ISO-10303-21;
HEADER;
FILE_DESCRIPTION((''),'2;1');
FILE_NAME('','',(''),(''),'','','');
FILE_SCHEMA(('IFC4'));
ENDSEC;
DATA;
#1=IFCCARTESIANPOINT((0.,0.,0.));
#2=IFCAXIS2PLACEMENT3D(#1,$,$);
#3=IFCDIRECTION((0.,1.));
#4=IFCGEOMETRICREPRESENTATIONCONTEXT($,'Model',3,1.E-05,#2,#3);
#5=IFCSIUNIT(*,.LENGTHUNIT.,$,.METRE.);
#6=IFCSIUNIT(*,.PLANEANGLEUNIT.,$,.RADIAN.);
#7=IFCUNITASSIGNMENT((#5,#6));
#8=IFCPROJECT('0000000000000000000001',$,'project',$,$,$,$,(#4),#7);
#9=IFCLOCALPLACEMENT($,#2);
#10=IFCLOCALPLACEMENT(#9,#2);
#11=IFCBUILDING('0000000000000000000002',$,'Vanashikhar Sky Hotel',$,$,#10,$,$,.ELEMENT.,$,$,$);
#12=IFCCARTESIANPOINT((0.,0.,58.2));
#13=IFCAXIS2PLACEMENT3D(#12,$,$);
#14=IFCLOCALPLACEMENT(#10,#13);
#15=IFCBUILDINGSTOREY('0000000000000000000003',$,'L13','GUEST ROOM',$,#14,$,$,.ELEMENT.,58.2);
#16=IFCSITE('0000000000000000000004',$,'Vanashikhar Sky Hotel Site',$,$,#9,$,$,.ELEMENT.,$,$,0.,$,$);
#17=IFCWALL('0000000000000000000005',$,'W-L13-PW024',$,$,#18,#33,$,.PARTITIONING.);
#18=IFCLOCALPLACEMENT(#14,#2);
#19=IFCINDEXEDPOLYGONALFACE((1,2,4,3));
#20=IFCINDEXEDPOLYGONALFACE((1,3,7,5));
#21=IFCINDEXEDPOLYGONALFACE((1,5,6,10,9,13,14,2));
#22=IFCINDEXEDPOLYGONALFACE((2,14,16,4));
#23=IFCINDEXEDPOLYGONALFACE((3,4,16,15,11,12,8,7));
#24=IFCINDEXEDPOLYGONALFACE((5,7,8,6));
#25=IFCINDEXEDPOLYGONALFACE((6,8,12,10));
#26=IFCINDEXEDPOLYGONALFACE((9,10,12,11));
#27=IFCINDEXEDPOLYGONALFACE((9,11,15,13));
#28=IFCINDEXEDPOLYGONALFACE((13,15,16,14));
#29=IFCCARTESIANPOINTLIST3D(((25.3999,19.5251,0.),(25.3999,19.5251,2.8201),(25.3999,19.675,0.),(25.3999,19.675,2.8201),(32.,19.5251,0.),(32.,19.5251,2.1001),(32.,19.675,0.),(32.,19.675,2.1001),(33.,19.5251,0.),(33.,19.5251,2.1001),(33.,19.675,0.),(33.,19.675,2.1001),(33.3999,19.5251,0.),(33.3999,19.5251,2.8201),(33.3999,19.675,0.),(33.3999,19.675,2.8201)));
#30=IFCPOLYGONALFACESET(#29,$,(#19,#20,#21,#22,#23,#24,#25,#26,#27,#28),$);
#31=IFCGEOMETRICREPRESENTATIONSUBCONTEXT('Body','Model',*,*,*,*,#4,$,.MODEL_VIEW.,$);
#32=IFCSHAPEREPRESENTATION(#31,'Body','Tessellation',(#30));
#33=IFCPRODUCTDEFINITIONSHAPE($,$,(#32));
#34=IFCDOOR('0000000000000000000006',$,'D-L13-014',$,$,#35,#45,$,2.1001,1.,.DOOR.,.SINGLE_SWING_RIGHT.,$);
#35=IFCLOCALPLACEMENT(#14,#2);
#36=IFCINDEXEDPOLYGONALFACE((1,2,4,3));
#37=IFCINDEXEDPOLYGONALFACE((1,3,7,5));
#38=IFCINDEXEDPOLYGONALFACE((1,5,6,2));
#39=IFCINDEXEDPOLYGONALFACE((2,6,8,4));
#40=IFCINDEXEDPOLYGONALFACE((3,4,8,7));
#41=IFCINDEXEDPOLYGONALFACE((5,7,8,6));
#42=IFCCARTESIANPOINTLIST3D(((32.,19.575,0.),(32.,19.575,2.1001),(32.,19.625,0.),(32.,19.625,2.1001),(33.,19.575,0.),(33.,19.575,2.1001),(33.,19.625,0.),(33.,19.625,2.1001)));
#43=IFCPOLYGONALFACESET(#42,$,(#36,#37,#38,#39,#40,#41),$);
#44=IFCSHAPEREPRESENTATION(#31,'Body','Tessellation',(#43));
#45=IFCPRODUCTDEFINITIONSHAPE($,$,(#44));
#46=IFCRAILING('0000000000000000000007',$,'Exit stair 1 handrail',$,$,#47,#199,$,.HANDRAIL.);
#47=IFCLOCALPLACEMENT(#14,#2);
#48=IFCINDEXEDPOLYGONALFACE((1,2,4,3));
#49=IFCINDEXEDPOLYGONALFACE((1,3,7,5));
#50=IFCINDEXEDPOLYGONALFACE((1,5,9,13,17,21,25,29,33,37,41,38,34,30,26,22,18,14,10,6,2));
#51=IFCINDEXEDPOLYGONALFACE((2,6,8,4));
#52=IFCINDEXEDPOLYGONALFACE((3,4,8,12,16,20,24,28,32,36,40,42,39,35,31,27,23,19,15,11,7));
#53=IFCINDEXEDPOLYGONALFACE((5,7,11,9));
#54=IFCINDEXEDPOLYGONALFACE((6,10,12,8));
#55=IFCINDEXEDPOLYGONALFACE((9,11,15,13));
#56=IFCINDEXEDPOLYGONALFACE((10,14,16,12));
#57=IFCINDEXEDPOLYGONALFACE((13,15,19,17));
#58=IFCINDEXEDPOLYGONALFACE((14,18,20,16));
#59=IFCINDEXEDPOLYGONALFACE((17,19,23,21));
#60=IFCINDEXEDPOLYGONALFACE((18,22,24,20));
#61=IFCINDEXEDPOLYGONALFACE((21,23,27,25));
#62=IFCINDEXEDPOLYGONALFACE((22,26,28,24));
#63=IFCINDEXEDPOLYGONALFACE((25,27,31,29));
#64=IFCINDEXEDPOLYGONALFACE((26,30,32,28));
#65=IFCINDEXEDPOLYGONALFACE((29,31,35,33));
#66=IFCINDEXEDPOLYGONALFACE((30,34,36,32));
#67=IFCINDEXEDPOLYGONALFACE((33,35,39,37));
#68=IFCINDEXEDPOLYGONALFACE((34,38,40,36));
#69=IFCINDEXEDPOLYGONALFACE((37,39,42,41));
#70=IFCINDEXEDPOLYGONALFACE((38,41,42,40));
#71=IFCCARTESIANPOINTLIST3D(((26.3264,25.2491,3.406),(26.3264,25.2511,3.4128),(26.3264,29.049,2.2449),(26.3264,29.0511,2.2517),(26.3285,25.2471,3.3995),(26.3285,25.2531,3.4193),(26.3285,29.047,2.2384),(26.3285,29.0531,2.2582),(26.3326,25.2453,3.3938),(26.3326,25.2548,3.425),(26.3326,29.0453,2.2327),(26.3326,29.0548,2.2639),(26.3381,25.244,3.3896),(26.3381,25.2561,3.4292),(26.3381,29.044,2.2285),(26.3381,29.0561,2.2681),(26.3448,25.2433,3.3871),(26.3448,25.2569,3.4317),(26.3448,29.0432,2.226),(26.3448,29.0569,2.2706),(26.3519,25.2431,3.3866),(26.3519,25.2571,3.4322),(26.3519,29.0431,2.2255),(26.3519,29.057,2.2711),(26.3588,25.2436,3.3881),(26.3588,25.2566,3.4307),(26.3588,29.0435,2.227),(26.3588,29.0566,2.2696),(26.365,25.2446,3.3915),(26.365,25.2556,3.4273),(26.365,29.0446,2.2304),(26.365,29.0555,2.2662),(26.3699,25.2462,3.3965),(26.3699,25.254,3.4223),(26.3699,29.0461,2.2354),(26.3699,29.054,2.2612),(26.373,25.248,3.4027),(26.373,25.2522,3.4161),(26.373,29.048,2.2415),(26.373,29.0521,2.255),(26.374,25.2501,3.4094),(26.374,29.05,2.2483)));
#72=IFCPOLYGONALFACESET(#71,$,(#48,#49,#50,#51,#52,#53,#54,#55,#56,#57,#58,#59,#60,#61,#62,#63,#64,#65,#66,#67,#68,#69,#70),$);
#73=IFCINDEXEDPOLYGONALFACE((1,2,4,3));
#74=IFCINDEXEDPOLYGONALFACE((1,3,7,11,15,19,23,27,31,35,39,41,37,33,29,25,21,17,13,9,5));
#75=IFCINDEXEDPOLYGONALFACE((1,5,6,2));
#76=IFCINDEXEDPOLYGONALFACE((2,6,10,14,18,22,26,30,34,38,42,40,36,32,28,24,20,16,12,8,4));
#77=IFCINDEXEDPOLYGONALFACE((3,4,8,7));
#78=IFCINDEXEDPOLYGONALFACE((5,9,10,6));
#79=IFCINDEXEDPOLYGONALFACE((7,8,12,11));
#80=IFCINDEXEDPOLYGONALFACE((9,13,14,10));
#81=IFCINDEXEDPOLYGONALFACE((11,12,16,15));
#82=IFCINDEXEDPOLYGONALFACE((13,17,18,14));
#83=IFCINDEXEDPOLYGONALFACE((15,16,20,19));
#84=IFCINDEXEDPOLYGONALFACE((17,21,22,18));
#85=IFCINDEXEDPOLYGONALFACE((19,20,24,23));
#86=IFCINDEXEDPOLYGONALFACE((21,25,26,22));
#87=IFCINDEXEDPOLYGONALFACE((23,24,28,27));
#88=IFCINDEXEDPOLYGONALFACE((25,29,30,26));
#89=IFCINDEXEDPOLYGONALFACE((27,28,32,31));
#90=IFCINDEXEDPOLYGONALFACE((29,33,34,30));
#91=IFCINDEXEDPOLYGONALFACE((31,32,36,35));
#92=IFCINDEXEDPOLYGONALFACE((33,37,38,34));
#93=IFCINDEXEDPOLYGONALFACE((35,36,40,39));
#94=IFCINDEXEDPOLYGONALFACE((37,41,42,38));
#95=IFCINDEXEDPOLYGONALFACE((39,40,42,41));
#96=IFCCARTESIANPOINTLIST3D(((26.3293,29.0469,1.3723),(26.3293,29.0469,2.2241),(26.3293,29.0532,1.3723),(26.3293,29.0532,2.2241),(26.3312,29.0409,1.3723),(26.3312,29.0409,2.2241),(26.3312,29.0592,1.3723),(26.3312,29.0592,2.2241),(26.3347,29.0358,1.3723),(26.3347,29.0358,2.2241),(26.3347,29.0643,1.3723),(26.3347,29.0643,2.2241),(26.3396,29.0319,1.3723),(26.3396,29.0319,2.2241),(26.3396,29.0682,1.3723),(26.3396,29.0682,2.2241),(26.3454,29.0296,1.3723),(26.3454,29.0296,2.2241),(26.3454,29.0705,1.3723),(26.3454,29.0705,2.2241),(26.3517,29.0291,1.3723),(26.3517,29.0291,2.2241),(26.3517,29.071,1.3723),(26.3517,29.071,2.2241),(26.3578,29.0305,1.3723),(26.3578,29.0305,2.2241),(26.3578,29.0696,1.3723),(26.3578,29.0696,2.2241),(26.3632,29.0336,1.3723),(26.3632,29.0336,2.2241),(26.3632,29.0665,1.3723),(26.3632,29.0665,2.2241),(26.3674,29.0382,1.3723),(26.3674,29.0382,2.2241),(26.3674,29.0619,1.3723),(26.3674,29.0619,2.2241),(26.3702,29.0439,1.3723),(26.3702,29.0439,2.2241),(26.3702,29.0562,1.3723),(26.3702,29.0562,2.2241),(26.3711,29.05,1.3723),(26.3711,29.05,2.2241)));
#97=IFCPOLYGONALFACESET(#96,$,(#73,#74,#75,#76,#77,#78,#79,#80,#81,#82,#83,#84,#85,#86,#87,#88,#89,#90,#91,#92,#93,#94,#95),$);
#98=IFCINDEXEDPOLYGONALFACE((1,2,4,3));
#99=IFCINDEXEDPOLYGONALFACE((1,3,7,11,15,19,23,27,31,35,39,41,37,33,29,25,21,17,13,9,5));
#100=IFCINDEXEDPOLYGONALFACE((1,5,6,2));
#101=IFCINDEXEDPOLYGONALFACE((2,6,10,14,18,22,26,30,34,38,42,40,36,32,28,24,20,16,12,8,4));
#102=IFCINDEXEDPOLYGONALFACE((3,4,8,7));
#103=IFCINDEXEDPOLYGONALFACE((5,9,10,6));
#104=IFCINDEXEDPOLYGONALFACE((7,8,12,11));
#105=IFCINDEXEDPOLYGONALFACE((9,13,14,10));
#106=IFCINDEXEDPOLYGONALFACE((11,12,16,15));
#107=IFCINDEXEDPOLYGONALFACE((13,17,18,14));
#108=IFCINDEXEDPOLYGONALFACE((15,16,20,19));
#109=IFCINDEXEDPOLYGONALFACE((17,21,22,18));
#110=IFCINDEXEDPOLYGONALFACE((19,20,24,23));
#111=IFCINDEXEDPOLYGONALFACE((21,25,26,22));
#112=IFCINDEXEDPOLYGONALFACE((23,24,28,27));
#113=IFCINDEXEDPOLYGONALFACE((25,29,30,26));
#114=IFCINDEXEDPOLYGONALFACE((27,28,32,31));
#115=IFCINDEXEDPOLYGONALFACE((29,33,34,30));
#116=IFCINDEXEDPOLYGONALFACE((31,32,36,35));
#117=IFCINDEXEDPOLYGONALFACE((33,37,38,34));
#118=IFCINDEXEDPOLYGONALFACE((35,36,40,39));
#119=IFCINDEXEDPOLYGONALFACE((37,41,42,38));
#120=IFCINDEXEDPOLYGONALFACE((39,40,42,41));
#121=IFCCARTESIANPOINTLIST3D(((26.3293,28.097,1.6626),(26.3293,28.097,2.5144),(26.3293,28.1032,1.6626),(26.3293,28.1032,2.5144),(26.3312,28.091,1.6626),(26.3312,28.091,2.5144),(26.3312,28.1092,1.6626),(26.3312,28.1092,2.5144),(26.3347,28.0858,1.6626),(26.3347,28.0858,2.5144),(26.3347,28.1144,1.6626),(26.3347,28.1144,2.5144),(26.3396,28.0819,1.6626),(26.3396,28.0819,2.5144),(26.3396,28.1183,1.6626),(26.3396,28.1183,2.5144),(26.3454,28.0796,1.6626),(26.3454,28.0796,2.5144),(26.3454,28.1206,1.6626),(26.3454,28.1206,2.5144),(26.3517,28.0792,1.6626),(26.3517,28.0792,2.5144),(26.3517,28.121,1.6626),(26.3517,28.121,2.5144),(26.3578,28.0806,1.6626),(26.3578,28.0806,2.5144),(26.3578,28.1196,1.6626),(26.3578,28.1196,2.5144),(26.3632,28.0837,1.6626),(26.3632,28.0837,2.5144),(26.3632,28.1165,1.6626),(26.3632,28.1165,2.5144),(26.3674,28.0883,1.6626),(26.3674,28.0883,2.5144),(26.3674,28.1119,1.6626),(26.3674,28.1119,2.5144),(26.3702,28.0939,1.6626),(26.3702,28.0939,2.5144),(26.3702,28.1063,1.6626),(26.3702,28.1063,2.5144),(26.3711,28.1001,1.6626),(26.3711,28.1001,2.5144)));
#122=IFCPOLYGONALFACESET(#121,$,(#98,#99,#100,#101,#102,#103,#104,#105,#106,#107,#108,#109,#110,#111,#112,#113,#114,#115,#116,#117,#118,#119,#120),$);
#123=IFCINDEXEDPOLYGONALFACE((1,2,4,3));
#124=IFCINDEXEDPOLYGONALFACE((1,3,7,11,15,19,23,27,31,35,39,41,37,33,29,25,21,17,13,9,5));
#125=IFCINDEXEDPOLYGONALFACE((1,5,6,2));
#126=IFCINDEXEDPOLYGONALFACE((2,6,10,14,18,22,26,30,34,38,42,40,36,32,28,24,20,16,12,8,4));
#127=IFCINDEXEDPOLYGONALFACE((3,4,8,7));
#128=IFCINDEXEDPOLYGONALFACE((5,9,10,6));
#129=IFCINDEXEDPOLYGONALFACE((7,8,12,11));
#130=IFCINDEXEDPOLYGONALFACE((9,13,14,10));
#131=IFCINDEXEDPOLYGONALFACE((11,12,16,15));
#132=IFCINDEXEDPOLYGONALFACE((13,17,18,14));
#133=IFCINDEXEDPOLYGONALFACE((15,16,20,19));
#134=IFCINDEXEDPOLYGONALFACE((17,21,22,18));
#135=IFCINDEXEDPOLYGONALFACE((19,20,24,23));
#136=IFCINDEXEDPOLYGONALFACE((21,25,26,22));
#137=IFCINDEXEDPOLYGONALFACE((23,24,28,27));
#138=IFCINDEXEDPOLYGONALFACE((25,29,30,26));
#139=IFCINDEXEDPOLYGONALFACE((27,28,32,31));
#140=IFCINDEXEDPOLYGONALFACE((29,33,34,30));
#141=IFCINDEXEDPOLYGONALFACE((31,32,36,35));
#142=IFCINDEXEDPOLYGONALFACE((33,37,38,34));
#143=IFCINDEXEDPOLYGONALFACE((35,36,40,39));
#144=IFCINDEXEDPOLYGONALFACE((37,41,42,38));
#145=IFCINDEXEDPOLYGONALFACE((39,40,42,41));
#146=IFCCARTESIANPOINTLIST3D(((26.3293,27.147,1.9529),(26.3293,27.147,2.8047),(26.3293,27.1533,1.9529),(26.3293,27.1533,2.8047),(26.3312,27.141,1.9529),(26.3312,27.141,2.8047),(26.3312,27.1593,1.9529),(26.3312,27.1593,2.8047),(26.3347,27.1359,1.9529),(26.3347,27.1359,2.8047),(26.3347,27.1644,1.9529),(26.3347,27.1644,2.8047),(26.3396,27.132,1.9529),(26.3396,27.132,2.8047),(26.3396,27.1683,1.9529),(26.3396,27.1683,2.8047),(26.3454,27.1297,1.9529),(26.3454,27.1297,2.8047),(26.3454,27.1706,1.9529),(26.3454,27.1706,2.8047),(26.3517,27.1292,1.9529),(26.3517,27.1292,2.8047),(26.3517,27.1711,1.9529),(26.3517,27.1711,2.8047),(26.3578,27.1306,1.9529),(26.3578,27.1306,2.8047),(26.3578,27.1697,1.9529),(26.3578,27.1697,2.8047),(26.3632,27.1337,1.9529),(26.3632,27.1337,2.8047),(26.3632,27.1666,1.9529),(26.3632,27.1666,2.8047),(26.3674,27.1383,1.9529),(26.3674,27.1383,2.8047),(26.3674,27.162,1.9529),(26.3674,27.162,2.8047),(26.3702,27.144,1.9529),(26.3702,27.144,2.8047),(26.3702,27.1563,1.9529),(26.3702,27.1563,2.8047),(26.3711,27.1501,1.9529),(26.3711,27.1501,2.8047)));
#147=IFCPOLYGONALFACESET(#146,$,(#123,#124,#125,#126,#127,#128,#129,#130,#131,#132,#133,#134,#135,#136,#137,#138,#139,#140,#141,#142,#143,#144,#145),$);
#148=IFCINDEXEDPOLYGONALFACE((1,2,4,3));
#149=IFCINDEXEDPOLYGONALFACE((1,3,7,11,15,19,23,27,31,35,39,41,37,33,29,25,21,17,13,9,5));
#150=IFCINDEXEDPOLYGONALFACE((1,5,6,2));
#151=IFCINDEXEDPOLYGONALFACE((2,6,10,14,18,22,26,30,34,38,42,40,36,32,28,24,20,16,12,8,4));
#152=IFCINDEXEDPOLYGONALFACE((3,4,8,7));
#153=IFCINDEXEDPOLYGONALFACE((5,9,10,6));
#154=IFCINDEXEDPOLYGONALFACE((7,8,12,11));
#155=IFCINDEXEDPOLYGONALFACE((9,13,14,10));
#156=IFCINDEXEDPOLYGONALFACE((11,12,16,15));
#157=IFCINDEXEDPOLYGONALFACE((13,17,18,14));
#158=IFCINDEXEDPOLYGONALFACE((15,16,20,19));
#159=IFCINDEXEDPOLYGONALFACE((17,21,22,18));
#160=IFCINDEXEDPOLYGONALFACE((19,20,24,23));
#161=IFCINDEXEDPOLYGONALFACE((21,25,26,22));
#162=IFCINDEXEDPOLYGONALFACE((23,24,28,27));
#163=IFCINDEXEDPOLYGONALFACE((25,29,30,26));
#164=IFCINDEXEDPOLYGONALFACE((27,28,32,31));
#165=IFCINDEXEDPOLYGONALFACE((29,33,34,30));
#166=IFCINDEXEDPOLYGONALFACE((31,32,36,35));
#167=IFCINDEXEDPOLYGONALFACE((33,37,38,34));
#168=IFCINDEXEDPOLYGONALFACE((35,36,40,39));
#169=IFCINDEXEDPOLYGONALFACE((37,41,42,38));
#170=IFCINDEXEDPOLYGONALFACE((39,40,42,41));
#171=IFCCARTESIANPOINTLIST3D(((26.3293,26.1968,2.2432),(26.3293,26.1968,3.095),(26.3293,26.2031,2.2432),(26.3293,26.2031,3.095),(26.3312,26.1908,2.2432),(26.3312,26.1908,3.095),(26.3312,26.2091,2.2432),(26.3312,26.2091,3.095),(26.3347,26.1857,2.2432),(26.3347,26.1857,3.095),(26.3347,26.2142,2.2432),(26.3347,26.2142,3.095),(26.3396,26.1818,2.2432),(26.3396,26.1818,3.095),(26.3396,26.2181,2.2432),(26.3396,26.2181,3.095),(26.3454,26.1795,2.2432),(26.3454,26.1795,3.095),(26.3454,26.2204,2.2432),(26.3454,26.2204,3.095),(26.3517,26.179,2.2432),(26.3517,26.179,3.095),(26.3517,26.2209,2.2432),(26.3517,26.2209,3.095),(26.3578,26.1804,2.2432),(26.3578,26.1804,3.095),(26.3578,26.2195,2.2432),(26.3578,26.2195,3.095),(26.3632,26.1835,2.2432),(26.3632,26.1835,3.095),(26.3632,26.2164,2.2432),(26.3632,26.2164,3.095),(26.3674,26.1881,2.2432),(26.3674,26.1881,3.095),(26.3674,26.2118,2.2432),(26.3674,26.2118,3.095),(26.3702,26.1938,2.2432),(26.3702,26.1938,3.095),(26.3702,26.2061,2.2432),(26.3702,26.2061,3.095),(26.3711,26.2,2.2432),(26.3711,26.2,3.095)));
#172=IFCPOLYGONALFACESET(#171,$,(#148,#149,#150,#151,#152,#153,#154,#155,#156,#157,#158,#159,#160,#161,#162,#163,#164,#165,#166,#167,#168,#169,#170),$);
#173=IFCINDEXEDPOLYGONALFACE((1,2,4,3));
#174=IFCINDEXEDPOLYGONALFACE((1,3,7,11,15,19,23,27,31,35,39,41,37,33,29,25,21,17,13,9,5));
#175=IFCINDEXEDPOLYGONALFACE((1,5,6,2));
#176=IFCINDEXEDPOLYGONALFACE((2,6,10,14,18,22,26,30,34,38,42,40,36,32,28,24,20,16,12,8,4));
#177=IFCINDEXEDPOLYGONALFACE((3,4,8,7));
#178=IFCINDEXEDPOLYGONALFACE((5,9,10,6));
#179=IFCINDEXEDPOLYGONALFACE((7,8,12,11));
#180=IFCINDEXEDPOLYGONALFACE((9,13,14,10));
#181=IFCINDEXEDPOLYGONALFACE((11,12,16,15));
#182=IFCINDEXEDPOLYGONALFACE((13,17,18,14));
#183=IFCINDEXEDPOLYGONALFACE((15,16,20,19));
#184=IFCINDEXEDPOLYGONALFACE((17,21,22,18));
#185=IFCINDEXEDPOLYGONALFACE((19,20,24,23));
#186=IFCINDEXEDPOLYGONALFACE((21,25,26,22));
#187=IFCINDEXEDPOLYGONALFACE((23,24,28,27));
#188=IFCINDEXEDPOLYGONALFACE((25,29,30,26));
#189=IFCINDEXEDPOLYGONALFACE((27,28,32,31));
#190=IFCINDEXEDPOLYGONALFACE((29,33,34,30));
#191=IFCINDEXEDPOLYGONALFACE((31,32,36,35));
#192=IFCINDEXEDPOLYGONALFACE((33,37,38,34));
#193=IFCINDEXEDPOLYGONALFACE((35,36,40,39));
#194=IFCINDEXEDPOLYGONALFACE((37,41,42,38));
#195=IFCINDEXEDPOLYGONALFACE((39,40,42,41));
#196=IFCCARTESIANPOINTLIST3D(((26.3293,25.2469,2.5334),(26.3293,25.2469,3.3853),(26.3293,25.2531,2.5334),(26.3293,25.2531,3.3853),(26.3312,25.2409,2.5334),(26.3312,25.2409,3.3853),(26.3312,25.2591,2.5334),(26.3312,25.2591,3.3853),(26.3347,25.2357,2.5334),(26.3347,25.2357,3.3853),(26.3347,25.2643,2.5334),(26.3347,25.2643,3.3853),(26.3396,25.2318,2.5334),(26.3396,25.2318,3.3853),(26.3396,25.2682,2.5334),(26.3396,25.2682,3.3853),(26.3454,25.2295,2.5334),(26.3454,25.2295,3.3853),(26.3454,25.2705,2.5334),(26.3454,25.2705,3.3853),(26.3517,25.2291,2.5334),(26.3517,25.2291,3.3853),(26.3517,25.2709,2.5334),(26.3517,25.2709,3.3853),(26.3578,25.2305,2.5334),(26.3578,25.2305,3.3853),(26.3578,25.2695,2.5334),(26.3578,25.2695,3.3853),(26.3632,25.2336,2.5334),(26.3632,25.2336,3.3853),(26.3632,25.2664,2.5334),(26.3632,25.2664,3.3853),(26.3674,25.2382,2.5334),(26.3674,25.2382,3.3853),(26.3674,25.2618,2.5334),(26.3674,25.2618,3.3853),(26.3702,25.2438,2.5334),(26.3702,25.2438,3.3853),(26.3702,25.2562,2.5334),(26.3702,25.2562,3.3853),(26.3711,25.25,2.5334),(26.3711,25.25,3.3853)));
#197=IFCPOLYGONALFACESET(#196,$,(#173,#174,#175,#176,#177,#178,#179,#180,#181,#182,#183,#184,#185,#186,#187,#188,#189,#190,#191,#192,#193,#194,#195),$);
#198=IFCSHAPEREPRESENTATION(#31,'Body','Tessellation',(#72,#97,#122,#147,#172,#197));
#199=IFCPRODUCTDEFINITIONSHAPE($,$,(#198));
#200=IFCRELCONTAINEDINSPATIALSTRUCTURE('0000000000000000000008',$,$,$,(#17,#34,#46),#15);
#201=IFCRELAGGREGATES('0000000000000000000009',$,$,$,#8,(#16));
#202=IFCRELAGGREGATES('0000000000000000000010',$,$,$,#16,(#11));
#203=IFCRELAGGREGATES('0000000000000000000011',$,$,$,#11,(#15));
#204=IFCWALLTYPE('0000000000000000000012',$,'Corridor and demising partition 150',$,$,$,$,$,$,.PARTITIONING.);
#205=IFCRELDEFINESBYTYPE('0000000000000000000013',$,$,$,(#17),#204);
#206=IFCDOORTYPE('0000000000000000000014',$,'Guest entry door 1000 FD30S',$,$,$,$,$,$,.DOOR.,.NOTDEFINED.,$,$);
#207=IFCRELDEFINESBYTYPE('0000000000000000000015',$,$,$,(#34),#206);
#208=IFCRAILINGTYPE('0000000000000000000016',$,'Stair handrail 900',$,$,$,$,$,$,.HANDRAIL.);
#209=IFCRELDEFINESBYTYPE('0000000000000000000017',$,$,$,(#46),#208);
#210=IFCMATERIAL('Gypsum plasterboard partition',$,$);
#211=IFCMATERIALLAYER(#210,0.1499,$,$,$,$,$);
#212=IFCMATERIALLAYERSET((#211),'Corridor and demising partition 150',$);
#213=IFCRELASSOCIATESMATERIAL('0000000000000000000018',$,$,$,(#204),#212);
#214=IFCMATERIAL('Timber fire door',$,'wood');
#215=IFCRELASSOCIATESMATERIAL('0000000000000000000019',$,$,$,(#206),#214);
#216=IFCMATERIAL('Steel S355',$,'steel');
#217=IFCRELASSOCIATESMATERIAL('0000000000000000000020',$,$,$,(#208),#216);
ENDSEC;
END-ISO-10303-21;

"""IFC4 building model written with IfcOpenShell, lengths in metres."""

from ifc_helpers import new_model, si_unit, direction, frame, frame_2d, origin, origin_2d, place, context, subcontext, project, spatial, rectangle, circle, extrude, source, transform, mapped, material, layer, layer_set, type_object, element, fill, save


model = new_model("IFC4")

# Units and contexts
model_context = context("Model", 3, precision=1e-05, world=origin(), true_north=direction((0.0, 1.0)))
body_context = subcontext(model_context, "Body", "Model", "MODEL_VIEW")
ifc_project = project(units=[si_unit("LENGTHUNIT", "METRE"), si_unit("PLANEANGLEUNIT", "RADIAN")], contexts=[model_context])

# Site, building, storey
site_placement = place(None, origin())
site = spatial("IfcSite", under=ifc_project, at=site_placement, Name="Vanashikhar Sky Hotel Site", CompositionType="ELEMENT", RefElevation=0.0)
building_placement = place(site_placement, origin())
building = spatial("IfcBuilding", under=site, at=building_placement, Name="Vanashikhar Sky Hotel", CompositionType="ELEMENT")
storey_placement = place(building_placement, frame((0.0, 0.0, 58.2)))
storey = spatial("IfcBuildingStorey", under=building, at=storey_placement, Name="L13", Description="GUEST ROOM", CompositionType="ELEMENT", Elevation=58.2)

# Wall, opening, door
ifc_material_1 = material(Name="Gypsum plasterboard partition")
ifc_layer_1 = layer(ifc_material_1, 0.1499)
ifc_layer_set_1 = layer_set([ifc_layer_1], Name="Corridor and demising partition 150")
wall_type_1 = type_object("IfcWallType", Name="Corridor and demising partition 150", PredefinedType="PARTITIONING", material=ifc_layer_set_1)
shared_shape_1 = source(origin(), body_context, "Body", "SweptSolid", [
    extrude(rectangle(XDim=1.0, YDim=2.1001, at=frame_2d((0.5, 1.05))), frame((0.0, 0.085, 0.0), z_axis=(0.0, -1.0, 0.0), x_axis=(1.0, 0.0, 0.0)), (0.0, 0.0, 1.0), 0.1699),
])
ifc_material_2 = material(Name="Timber fire door", Category="wood")
door_type_1 = type_object("IfcDoorType", Name="Guest entry door 1000 FD30S", OperationType="NOTDEFINED", PredefinedType="DOOR", material=ifc_material_2)
shared_shape_2 = source(origin(), body_context, "Body", "SweptSolid", [
    extrude(rectangle(XDim=1.0, YDim=2.1001, at=frame_2d((0.5, 1.05))), frame((0.0, 0.0249, 0.0), z_axis=(0.0, -1.0, 0.0), x_axis=(1.0, 0.0, 0.0)), (0.0, 0.0, 1.0), 0.05),
])
shared_shape_3 = source(origin(), body_context, "Body", "SweptSolid", [
    extrude(rectangle(XDim=8.0, YDim=0.1499, at=frame_2d((4.0, 0.0))), origin(), (0.0, 0.0, 1.0), 2.8201),
])
wall_1_placement = place(storey_placement, frame((25.3999, 19.6001, 0.0), z_axis=(0.0, 0.0, 1.0), x_axis=(1.0, 0.0, 0.0)))
wall_1 = element("IfcWall", 1, at=wall_1_placement, inside=storey, type_object=wall_type_1, Name="W-L13-PW024", PredefinedType="PARTITIONING", context=body_context, shape_type="MappedRepresentation", body=[
    mapped(shared_shape_3, transform((0.0, 0.0, 0.0), scale=1.0)),
])
opening_1_placement = place(wall_1_placement, frame((6.6001, 0.0, 0.0)))
opening_1 = element("IfcOpeningElement", 2, at=opening_1_placement, cuts=wall_1, PredefinedType="OPENING", context=body_context, shape_type="MappedRepresentation", body=[
    mapped(shared_shape_1, transform((0.0, 0.0, 0.0), scale=1.0)),
])
door_1_placement = place(opening_1_placement, origin())
door_1 = element("IfcDoor", 3, at=door_1_placement, inside=storey, type_object=door_type_1, Name="D-L13-014", OperationType="SINGLE_SWING_RIGHT", OverallHeight=2.1001, OverallWidth=1.0, PredefinedType="DOOR", context=body_context, shape_type="MappedRepresentation", body=[
    mapped(shared_shape_2, transform((0.0, 0.0, 0.0), scale=1.0)),
])
fill(opening_1, door_1)

# Railing
ifc_material_3 = material(Name="Steel S355", Category="steel")
railing_type = type_object("IfcRailingType", Name="Stair handrail 900", PredefinedType="HANDRAIL", material=ifc_material_3)
shared_shape_4 = source(origin(), body_context, "Body", "SweptSolid", [
    extrude(circle(Radius=0.0239, at=origin_2d()), frame((0.0, 0.0, 0.876), z_axis=(0.0, -0.956351, 0.29222), x_axis=(1.0, 0.0, 0.0)), (0.0, 0.0, 1.0), 3.9734),
    extrude(circle(Radius=0.021, at=origin_2d()), origin(), (0.0, 0.0, 1.0), 0.8518),
    extrude(circle(Radius=0.021, at=origin_2d()), frame((0.0, -0.95, 0.2903)), (0.0, 0.0, 1.0), 0.8518),
    extrude(circle(Radius=0.021, at=origin_2d()), frame((0.0, -1.8999, 0.5806)), (0.0, 0.0, 1.0), 0.8518),
    extrude(circle(Radius=0.021, at=origin_2d()), frame((0.0, -2.8501, 0.8708)), (0.0, 0.0, 1.0), 0.8518),
    extrude(circle(Radius=0.021, at=origin_2d()), frame((0.0, -3.8, 1.1611)), (0.0, 0.0, 1.0), 0.8518),
])
railing_1_placement = place(storey_placement, frame((26.3501, 29.05, 1.3723)))
element("IfcRailing", 4, at=railing_1_placement, inside=storey, type_object=railing_type, Name="Exit stair 1 handrail", PredefinedType="HANDRAIL", context=body_context, shape_type="MappedRepresentation", body=[
    mapped(shared_shape_4, transform((0.0, 0.0, 0.0), scale=1.0)),
])

save(model, "model.ifc")
